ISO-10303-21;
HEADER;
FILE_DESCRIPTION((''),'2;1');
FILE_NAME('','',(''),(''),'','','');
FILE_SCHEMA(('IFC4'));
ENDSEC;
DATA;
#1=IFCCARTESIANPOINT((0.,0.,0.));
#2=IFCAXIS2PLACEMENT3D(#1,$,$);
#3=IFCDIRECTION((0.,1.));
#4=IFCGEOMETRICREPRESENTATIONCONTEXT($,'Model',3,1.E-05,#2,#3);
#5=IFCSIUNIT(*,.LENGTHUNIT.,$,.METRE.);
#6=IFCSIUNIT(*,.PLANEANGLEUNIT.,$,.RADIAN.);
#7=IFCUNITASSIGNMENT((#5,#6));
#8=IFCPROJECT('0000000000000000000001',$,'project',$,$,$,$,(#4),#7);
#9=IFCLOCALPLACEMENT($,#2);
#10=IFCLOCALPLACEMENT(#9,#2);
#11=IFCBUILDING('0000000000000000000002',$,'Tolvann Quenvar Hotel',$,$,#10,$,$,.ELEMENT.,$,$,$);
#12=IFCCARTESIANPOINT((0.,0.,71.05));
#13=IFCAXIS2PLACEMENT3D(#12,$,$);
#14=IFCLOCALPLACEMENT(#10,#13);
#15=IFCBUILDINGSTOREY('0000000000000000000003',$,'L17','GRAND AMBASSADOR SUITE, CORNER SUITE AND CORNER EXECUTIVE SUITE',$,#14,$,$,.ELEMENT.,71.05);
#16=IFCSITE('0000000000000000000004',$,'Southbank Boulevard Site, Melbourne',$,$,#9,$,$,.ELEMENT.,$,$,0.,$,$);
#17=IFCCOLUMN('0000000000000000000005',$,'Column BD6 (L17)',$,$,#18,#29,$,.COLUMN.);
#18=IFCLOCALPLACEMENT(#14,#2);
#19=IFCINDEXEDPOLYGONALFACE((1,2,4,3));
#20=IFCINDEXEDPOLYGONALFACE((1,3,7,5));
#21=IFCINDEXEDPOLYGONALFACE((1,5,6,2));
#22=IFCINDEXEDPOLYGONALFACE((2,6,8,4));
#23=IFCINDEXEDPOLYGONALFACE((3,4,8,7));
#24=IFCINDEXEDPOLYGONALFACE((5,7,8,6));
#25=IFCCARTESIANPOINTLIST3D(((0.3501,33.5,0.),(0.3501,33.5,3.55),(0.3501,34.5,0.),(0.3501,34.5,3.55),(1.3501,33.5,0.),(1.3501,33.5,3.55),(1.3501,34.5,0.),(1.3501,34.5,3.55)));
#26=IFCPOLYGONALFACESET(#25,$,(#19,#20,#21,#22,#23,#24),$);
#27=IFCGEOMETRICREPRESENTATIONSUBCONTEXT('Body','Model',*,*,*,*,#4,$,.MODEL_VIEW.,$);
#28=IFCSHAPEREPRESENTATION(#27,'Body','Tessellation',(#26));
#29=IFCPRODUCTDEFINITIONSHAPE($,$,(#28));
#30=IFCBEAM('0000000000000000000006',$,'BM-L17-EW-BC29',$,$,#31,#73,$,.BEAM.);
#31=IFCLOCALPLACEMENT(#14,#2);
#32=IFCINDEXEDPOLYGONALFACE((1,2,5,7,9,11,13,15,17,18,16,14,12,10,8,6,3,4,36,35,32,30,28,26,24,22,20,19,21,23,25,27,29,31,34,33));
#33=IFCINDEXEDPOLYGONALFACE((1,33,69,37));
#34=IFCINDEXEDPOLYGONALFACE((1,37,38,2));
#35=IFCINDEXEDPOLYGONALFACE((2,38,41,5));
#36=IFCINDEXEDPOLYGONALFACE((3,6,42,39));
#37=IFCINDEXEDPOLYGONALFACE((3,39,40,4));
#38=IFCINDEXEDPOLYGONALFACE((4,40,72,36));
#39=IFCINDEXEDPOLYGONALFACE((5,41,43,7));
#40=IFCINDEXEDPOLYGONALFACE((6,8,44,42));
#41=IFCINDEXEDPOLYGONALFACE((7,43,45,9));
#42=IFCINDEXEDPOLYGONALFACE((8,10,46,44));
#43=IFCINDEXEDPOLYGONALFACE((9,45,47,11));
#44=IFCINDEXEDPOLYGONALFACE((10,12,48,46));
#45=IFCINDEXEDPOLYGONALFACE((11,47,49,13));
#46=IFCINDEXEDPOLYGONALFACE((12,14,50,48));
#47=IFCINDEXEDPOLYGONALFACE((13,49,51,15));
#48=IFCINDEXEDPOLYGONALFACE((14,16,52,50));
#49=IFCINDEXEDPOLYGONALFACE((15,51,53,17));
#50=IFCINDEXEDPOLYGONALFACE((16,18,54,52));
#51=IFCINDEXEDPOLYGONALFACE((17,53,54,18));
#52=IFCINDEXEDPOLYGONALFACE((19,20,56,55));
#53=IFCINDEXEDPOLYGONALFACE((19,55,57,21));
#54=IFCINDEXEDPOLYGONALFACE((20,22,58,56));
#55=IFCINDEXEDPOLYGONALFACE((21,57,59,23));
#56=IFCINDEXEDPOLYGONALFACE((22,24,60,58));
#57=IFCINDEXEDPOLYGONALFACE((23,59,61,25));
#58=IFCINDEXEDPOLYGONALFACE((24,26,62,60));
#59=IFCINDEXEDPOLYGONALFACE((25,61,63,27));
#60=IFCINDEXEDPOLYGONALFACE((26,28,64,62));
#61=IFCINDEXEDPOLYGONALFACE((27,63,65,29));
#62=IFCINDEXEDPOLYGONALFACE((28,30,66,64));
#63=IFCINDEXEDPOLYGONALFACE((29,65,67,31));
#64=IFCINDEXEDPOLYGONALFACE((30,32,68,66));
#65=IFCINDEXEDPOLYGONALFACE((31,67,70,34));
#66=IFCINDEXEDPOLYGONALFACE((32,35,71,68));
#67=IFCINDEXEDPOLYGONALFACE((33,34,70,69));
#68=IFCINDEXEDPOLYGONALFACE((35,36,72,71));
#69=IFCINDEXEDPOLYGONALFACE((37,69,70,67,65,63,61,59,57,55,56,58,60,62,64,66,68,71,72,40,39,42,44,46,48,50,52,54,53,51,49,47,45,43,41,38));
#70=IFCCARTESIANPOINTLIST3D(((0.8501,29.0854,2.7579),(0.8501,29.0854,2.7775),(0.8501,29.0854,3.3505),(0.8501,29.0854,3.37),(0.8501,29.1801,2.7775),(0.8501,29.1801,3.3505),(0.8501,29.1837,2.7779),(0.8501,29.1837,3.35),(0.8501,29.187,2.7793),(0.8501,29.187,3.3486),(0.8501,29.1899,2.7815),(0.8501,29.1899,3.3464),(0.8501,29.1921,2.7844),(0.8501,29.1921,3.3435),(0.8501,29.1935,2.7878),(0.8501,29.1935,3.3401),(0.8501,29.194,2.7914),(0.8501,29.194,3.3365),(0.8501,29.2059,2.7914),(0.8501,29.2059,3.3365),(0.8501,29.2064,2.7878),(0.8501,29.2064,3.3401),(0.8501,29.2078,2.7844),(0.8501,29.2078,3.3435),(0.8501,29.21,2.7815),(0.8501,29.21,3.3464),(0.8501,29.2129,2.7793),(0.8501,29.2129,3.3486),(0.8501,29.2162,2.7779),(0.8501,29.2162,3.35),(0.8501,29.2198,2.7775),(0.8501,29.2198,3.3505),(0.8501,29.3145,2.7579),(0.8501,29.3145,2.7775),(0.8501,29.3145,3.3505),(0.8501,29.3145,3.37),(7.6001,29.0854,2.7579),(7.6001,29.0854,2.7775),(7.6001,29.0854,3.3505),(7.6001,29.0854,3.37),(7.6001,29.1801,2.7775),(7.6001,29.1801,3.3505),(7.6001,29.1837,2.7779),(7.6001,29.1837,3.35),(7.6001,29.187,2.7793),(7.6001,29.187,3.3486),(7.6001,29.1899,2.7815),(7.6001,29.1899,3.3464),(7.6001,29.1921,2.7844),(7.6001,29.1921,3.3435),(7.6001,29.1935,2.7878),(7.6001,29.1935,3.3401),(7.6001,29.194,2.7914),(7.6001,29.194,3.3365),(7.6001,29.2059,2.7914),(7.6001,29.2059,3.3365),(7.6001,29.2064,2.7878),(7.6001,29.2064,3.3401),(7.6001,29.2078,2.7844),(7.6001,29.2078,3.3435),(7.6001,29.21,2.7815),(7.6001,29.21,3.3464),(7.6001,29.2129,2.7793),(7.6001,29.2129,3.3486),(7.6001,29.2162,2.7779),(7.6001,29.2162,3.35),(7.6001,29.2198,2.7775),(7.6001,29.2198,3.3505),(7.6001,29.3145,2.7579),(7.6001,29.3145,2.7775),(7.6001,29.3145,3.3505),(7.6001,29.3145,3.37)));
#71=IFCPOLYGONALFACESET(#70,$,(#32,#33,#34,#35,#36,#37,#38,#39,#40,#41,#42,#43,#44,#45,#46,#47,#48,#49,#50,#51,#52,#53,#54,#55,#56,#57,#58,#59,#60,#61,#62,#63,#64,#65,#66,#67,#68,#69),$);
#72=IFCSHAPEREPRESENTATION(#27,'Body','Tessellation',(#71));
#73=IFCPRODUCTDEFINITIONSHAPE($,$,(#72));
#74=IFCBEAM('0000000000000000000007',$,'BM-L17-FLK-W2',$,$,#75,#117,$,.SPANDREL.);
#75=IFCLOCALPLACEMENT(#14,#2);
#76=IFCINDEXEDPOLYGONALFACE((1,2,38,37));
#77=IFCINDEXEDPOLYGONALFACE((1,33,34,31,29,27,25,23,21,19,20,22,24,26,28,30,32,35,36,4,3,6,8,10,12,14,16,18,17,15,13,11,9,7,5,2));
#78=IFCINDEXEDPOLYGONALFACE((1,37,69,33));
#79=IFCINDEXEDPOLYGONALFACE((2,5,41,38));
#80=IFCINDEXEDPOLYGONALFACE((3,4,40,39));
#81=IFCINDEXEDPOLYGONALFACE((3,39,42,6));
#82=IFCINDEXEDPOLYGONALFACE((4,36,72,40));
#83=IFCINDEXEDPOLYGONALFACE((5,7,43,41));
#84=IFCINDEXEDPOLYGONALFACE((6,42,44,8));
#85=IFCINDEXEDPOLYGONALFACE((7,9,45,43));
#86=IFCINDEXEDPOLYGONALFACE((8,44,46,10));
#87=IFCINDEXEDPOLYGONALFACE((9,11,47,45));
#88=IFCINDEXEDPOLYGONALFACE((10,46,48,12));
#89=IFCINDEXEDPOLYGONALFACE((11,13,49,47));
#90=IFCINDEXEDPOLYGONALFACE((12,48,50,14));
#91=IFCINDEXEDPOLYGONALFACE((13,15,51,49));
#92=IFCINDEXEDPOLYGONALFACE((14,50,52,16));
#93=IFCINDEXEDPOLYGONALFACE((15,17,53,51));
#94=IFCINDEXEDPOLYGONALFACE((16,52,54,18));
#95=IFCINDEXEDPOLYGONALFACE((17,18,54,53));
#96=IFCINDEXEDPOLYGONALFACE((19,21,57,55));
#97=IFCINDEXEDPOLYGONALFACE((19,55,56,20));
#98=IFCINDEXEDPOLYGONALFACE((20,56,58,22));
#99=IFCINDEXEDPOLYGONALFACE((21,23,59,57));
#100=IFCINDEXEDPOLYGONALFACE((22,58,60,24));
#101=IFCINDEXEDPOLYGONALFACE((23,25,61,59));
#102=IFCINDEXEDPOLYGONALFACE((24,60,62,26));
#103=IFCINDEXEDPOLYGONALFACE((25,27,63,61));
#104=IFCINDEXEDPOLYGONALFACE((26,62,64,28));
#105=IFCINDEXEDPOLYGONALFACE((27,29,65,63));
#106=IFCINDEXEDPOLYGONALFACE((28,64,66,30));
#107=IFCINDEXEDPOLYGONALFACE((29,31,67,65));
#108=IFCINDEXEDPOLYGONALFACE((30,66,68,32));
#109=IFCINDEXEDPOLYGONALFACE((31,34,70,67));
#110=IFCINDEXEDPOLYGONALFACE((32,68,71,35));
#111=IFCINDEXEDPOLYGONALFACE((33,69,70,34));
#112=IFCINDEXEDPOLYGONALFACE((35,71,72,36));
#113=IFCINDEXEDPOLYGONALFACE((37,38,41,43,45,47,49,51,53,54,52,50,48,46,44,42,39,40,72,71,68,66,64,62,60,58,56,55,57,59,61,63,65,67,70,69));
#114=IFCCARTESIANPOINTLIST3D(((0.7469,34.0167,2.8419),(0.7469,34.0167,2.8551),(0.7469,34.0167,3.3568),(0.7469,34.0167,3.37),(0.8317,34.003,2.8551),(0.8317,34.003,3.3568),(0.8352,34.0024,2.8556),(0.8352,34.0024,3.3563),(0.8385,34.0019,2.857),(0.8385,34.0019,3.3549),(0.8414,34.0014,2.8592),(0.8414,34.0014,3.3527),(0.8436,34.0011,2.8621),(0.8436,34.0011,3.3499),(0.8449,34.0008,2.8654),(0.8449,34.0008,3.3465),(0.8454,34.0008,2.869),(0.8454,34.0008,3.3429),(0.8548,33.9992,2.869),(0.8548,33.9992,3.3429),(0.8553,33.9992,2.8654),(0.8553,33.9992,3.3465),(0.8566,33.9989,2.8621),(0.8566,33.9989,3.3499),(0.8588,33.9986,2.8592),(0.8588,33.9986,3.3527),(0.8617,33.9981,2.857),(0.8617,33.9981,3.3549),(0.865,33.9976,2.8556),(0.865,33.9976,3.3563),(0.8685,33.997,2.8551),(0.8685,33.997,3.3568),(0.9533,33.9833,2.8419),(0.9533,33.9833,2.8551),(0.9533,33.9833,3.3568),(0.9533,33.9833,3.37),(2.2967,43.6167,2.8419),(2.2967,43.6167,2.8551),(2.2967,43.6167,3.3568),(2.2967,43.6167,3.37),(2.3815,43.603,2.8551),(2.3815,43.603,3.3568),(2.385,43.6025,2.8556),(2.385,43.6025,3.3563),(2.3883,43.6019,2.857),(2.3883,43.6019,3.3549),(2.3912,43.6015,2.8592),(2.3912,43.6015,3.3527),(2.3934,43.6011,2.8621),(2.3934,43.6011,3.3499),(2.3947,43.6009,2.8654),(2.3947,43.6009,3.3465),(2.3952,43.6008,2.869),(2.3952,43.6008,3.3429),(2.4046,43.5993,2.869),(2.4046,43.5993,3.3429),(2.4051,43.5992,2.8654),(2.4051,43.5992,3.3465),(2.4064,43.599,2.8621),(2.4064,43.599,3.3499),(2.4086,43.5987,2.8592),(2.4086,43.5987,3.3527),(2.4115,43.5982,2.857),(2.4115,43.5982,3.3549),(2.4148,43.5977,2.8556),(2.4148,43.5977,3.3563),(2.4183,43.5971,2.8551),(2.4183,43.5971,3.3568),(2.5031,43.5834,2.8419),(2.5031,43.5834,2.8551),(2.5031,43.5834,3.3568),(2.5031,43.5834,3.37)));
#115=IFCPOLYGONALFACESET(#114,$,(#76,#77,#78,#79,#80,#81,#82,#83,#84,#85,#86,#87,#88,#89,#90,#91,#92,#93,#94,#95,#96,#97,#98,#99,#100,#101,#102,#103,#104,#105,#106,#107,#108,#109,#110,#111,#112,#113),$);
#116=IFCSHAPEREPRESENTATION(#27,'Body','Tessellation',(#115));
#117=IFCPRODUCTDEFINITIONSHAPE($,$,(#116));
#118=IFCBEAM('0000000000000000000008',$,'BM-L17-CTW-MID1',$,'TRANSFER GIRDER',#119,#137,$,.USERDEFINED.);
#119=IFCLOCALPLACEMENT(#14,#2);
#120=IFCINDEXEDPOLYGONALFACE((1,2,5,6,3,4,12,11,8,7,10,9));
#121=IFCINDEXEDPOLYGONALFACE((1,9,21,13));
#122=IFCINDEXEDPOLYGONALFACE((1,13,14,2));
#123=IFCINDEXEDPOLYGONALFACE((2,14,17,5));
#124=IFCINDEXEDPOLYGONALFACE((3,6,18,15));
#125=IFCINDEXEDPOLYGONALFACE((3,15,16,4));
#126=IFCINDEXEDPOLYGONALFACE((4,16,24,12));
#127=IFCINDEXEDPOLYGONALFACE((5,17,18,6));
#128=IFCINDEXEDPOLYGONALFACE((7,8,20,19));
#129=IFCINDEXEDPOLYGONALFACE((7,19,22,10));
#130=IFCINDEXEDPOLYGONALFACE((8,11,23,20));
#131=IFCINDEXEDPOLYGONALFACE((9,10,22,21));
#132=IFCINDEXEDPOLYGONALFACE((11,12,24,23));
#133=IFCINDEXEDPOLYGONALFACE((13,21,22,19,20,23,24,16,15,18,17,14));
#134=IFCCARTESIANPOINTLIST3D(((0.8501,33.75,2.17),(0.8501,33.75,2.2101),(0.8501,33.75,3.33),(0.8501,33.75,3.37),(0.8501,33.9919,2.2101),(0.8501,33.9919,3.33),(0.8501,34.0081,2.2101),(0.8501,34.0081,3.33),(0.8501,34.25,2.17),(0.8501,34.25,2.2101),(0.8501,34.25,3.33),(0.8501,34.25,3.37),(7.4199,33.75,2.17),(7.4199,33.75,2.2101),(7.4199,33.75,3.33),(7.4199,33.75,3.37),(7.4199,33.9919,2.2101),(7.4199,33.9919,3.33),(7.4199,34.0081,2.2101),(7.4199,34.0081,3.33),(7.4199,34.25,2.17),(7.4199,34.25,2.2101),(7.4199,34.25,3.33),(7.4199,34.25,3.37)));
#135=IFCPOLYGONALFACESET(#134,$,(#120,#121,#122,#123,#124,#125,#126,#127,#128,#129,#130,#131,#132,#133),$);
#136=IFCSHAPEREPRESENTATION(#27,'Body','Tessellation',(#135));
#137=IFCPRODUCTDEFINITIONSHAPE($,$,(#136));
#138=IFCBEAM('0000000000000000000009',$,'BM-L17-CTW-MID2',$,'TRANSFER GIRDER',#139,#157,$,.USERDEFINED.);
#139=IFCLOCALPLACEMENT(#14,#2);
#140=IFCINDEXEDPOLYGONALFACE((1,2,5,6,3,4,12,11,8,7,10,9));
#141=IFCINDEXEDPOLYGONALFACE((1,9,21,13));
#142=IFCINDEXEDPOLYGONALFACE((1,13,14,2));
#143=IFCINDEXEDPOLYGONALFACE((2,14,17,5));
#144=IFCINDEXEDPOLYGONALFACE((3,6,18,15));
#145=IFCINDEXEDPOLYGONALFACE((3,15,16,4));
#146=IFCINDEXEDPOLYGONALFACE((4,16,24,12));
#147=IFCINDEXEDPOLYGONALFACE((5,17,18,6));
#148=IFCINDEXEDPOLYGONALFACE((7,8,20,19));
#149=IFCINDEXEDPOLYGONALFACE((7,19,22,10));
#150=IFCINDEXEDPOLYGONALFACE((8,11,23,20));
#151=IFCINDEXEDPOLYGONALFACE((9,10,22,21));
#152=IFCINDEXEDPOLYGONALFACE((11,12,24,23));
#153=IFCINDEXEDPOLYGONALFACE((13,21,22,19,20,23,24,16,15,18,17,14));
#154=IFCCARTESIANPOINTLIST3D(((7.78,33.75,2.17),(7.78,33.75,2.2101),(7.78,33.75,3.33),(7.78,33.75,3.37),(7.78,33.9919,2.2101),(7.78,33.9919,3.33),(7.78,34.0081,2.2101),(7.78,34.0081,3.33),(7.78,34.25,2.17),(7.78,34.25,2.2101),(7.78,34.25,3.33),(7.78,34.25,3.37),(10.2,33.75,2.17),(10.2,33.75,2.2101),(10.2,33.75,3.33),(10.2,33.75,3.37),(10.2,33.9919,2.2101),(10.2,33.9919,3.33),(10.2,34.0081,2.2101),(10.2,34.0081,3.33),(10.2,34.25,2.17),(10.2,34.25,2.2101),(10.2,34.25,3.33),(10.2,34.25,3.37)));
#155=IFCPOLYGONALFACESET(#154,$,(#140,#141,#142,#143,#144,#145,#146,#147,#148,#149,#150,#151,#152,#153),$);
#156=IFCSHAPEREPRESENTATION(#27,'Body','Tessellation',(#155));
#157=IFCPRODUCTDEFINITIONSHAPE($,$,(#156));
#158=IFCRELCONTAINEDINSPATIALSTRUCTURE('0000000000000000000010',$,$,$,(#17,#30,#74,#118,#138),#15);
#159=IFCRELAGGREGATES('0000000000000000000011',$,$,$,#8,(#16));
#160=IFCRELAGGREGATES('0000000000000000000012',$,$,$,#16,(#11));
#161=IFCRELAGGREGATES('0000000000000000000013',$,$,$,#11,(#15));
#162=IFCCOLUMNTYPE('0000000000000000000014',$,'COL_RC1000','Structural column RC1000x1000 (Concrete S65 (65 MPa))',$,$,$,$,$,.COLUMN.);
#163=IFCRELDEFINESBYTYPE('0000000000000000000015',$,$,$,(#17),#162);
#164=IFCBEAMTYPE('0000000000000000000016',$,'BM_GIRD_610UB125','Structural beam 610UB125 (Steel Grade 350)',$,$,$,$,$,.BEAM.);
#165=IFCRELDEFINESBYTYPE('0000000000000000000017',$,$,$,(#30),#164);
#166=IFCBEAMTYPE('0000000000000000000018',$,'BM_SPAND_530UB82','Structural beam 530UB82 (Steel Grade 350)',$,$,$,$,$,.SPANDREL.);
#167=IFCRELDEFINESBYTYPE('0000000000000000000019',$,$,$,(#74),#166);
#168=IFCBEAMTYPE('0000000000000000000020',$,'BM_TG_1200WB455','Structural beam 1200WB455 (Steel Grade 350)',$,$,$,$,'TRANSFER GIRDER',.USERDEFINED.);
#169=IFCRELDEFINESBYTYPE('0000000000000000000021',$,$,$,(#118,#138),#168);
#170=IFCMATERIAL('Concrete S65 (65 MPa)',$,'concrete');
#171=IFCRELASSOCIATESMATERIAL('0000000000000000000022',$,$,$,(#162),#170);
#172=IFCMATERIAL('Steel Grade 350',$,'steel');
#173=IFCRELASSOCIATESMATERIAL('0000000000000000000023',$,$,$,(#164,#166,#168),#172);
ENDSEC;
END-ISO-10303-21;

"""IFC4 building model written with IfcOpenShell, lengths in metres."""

from ifc_helpers import new_model, si_unit, direction, frame, origin, origin_2d, place, context, subcontext, project, spatial, rectangle, i_section, extrude, source, transform, mapped, material, material_profile, profile_set, type_object, type_shapes, element, save


model = new_model("IFC4")

# Units and contexts
model_context = context("Model", 3, precision=1e-05, world=origin(), true_north=direction((0.0, 1.0)))
body_context = subcontext(model_context, "Body", "Model", "MODEL_VIEW")
ifc_project = project(units=[si_unit("LENGTHUNIT", "METRE"), si_unit("PLANEANGLEUNIT", "RADIAN")], contexts=[model_context])

# Site, building, storey
site_placement = place(None, origin())
site = spatial("IfcSite", under=ifc_project, at=site_placement, Name="Southbank Boulevard Site, Melbourne", CompositionType="ELEMENT", RefElevation=0.0)
building_placement = place(site_placement, origin())
building = spatial("IfcBuilding", under=site, at=building_placement, Name="Tolvann Quenvar Hotel", CompositionType="ELEMENT")
storey_placement = place(building_placement, frame((0.0, 0.0, 71.05)))
storey = spatial("IfcBuildingStorey", under=building, at=storey_placement, Name="L17", Description="GRAND AMBASSADOR SUITE, CORNER SUITE AND CORNER EXECUTIVE SUITE", CompositionType="ELEMENT", Elevation=71.05)

# Column
ifc_material_1 = material(Name="Concrete S65 (65 MPa)", Category="concrete")
ifc_material_profile_1 = material_profile(ifc_material_1, rectangle(XDim=1.0, YDim=1.0, at=origin_2d()), Name="RC1000x1000")
ifc_profile_set_1 = profile_set([ifc_material_profile_1], Name="Concrete S65 (65 MPa)")
column_type = type_object("IfcColumnType", Name="COL_RC1000", Description="Structural column RC1000x1000 (Concrete S65 (65 MPa))", PredefinedType="COLUMN", material=ifc_profile_set_1)
shared_shape_1 = source(origin(), body_context, "Body", "SweptSolid", [
    extrude(rectangle(XDim=1.0, YDim=1.0, at=origin_2d()), origin(), (0.0, 0.0, 1.0), 3.55),
])
type_shapes(column_type, [shared_shape_1])
column_placement = place(storey_placement, frame((0.8501, 34.0, 0.0), z_axis=(0.0, 0.0, 1.0), x_axis=(1.0, 0.0, 0.0)))
element("IfcColumn", 1, at=column_placement, inside=storey, type_object=column_type, Name="Column BD6 (L17)", PredefinedType="COLUMN", context=body_context, shape_type="MappedRepresentation", body=[
    mapped(shared_shape_1, transform((0.0, 0.0, 0.0), x_axis=(1.0, 0.0, 0.0), y_axis=(0.0, 1.0, 0.0), z_axis=(0.0, 0.0, 1.0), scale=1.0)),
])

# Beams
ifc_material_2 = material(Name="Steel Grade 350", Category="steel")
ifc_material_profile_2 = material_profile(ifc_material_2, i_section(OverallWidth=0.229, OverallDepth=0.6121, WebThickness=0.012, FlangeThickness=0.0195, FilletRadius=0.0139, at=origin_2d()), Name="610UB125")
ifc_profile_set_2 = profile_set([ifc_material_profile_2], Name="Steel Grade 350")
beam_type_1 = type_object("IfcBeamType", Name="BM_GIRD_610UB125", Description="Structural beam 610UB125 (Steel Grade 350)", PredefinedType="BEAM", material=ifc_profile_set_2)
shared_shape_2 = source(origin(), body_context, "Body", "SweptSolid", [
    extrude(i_section(OverallWidth=0.229, OverallDepth=0.6121, WebThickness=0.012, FlangeThickness=0.0195, FilletRadius=0.0139, at=origin_2d()), origin(), (0.0, 0.0, 1.0), 6.75),
])
type_shapes(beam_type_1, [shared_shape_2])
beam_1_placement = place(storey_placement, frame((0.8501, 29.2, 3.064), z_axis=(1.0, 0.0, 0.0), x_axis=(0.0, 1.0, 0.0)))
element("IfcBeam", 2, at=beam_1_placement, inside=storey, type_object=beam_type_1, Name="BM-L17-EW-BC29", PredefinedType="BEAM", context=body_context, shape_type="MappedRepresentation", body=[
    mapped(shared_shape_2, transform((0.0, 0.0, 0.0), x_axis=(1.0, 0.0, 0.0), y_axis=(0.0, 1.0, 0.0), z_axis=(0.0, 0.0, 1.0), scale=1.0)),
])
ifc_material_profile_3 = material_profile(ifc_material_2, i_section(OverallWidth=0.209, OverallDepth=0.5281, WebThickness=0.0095, FlangeThickness=0.0132, FilletRadius=0.0139, at=origin_2d()), Name="530UB82")
ifc_profile_set_3 = profile_set([ifc_material_profile_3], Name="Steel Grade 350")
beam_type_2 = type_object("IfcBeamType", Name="BM_SPAND_530UB82", Description="Structural beam 530UB82 (Steel Grade 350)", PredefinedType="SPANDREL", material=ifc_profile_set_3)
shared_shape_3 = source(origin(), body_context, "Body", "SweptSolid", [
    extrude(i_section(OverallWidth=0.209, OverallDepth=0.5281, WebThickness=0.0095, FlangeThickness=0.0132, FilletRadius=0.0139, at=origin_2d()), origin(), (0.0, 0.0, 1.0), 9.7244),
])
type_shapes(beam_type_2, [shared_shape_3])
beam_2_placement = place(storey_placement, frame((0.8501, 34.0, 3.106), z_axis=(0.159373, 0.987218, 0.0), x_axis=(-0.987218, 0.159373, 0.0)))
element("IfcBeam", 3, at=beam_2_placement, inside=storey, type_object=beam_type_2, Name="BM-L17-FLK-W2", PredefinedType="SPANDREL", context=body_context, shape_type="MappedRepresentation", body=[
    mapped(shared_shape_3, transform((0.0, 0.0, 0.0), x_axis=(1.0, 0.0, 0.0), y_axis=(0.0, 1.0, 0.0), z_axis=(0.0, 0.0, 1.0), scale=1.0)),
])
ifc_material_profile_4 = material_profile(ifc_material_2, i_section(OverallWidth=0.5, OverallDepth=1.2, WebThickness=0.0161, FlangeThickness=0.04, at=origin_2d()), Name="1200WB455")
ifc_profile_set_4 = profile_set([ifc_material_profile_4], Name="Steel Grade 350")
beam_type_3 = type_object("IfcBeamType", Name="BM_TG_1200WB455", Description="Structural beam 1200WB455 (Steel Grade 350)", ElementType="TRANSFER GIRDER", PredefinedType="USERDEFINED", material=ifc_profile_set_4)
shared_shape_4 = source(origin(), body_context, "Body", "SweptSolid", [
    extrude(i_section(OverallWidth=0.5, OverallDepth=1.2, WebThickness=0.0161, FlangeThickness=0.04, at=origin_2d()), origin(), (0.0, 0.0, 1.0), 6.5698),
])
beam_3_placement = place(storey_placement, frame((0.8501, 34.0, 2.77), z_axis=(1.0, 0.0, 0.0), x_axis=(0.0, 1.0, 0.0)))
element("IfcBeam", 4, at=beam_3_placement, inside=storey, type_object=beam_type_3, Name="BM-L17-CTW-MID1", ObjectType="TRANSFER GIRDER", PredefinedType="USERDEFINED", context=body_context, shape_type="MappedRepresentation", body=[
    mapped(shared_shape_4, transform((0.0, 0.0, 0.0), x_axis=(1.0, 0.0, 0.0), y_axis=(0.0, 1.0, 0.0), z_axis=(0.0, 0.0, 1.0), scale=1.0)),
])
shared_shape_5 = source(origin(), body_context, "Body", "SweptSolid", [
    extrude(i_section(OverallWidth=0.5, OverallDepth=1.2, WebThickness=0.0161, FlangeThickness=0.04, at=origin_2d()), origin(), (0.0, 0.0, 1.0), 2.4199),
])
type_shapes(beam_type_3, [shared_shape_4, shared_shape_5])
beam_4_placement = place(storey_placement, frame((7.78, 34.0, 2.77), z_axis=(1.0, 0.0, 0.0), x_axis=(0.0, 1.0, 0.0)))
element("IfcBeam", 5, at=beam_4_placement, inside=storey, type_object=beam_type_3, Name="BM-L17-CTW-MID2", ObjectType="TRANSFER GIRDER", PredefinedType="USERDEFINED", context=body_context, shape_type="MappedRepresentation", body=[
    mapped(shared_shape_5, transform((0.0, 0.0, 0.0), x_axis=(1.0, 0.0, 0.0), y_axis=(0.0, 1.0, 0.0), z_axis=(0.0, 0.0, 1.0), scale=1.0)),
])

save(model, "model.ifc")
